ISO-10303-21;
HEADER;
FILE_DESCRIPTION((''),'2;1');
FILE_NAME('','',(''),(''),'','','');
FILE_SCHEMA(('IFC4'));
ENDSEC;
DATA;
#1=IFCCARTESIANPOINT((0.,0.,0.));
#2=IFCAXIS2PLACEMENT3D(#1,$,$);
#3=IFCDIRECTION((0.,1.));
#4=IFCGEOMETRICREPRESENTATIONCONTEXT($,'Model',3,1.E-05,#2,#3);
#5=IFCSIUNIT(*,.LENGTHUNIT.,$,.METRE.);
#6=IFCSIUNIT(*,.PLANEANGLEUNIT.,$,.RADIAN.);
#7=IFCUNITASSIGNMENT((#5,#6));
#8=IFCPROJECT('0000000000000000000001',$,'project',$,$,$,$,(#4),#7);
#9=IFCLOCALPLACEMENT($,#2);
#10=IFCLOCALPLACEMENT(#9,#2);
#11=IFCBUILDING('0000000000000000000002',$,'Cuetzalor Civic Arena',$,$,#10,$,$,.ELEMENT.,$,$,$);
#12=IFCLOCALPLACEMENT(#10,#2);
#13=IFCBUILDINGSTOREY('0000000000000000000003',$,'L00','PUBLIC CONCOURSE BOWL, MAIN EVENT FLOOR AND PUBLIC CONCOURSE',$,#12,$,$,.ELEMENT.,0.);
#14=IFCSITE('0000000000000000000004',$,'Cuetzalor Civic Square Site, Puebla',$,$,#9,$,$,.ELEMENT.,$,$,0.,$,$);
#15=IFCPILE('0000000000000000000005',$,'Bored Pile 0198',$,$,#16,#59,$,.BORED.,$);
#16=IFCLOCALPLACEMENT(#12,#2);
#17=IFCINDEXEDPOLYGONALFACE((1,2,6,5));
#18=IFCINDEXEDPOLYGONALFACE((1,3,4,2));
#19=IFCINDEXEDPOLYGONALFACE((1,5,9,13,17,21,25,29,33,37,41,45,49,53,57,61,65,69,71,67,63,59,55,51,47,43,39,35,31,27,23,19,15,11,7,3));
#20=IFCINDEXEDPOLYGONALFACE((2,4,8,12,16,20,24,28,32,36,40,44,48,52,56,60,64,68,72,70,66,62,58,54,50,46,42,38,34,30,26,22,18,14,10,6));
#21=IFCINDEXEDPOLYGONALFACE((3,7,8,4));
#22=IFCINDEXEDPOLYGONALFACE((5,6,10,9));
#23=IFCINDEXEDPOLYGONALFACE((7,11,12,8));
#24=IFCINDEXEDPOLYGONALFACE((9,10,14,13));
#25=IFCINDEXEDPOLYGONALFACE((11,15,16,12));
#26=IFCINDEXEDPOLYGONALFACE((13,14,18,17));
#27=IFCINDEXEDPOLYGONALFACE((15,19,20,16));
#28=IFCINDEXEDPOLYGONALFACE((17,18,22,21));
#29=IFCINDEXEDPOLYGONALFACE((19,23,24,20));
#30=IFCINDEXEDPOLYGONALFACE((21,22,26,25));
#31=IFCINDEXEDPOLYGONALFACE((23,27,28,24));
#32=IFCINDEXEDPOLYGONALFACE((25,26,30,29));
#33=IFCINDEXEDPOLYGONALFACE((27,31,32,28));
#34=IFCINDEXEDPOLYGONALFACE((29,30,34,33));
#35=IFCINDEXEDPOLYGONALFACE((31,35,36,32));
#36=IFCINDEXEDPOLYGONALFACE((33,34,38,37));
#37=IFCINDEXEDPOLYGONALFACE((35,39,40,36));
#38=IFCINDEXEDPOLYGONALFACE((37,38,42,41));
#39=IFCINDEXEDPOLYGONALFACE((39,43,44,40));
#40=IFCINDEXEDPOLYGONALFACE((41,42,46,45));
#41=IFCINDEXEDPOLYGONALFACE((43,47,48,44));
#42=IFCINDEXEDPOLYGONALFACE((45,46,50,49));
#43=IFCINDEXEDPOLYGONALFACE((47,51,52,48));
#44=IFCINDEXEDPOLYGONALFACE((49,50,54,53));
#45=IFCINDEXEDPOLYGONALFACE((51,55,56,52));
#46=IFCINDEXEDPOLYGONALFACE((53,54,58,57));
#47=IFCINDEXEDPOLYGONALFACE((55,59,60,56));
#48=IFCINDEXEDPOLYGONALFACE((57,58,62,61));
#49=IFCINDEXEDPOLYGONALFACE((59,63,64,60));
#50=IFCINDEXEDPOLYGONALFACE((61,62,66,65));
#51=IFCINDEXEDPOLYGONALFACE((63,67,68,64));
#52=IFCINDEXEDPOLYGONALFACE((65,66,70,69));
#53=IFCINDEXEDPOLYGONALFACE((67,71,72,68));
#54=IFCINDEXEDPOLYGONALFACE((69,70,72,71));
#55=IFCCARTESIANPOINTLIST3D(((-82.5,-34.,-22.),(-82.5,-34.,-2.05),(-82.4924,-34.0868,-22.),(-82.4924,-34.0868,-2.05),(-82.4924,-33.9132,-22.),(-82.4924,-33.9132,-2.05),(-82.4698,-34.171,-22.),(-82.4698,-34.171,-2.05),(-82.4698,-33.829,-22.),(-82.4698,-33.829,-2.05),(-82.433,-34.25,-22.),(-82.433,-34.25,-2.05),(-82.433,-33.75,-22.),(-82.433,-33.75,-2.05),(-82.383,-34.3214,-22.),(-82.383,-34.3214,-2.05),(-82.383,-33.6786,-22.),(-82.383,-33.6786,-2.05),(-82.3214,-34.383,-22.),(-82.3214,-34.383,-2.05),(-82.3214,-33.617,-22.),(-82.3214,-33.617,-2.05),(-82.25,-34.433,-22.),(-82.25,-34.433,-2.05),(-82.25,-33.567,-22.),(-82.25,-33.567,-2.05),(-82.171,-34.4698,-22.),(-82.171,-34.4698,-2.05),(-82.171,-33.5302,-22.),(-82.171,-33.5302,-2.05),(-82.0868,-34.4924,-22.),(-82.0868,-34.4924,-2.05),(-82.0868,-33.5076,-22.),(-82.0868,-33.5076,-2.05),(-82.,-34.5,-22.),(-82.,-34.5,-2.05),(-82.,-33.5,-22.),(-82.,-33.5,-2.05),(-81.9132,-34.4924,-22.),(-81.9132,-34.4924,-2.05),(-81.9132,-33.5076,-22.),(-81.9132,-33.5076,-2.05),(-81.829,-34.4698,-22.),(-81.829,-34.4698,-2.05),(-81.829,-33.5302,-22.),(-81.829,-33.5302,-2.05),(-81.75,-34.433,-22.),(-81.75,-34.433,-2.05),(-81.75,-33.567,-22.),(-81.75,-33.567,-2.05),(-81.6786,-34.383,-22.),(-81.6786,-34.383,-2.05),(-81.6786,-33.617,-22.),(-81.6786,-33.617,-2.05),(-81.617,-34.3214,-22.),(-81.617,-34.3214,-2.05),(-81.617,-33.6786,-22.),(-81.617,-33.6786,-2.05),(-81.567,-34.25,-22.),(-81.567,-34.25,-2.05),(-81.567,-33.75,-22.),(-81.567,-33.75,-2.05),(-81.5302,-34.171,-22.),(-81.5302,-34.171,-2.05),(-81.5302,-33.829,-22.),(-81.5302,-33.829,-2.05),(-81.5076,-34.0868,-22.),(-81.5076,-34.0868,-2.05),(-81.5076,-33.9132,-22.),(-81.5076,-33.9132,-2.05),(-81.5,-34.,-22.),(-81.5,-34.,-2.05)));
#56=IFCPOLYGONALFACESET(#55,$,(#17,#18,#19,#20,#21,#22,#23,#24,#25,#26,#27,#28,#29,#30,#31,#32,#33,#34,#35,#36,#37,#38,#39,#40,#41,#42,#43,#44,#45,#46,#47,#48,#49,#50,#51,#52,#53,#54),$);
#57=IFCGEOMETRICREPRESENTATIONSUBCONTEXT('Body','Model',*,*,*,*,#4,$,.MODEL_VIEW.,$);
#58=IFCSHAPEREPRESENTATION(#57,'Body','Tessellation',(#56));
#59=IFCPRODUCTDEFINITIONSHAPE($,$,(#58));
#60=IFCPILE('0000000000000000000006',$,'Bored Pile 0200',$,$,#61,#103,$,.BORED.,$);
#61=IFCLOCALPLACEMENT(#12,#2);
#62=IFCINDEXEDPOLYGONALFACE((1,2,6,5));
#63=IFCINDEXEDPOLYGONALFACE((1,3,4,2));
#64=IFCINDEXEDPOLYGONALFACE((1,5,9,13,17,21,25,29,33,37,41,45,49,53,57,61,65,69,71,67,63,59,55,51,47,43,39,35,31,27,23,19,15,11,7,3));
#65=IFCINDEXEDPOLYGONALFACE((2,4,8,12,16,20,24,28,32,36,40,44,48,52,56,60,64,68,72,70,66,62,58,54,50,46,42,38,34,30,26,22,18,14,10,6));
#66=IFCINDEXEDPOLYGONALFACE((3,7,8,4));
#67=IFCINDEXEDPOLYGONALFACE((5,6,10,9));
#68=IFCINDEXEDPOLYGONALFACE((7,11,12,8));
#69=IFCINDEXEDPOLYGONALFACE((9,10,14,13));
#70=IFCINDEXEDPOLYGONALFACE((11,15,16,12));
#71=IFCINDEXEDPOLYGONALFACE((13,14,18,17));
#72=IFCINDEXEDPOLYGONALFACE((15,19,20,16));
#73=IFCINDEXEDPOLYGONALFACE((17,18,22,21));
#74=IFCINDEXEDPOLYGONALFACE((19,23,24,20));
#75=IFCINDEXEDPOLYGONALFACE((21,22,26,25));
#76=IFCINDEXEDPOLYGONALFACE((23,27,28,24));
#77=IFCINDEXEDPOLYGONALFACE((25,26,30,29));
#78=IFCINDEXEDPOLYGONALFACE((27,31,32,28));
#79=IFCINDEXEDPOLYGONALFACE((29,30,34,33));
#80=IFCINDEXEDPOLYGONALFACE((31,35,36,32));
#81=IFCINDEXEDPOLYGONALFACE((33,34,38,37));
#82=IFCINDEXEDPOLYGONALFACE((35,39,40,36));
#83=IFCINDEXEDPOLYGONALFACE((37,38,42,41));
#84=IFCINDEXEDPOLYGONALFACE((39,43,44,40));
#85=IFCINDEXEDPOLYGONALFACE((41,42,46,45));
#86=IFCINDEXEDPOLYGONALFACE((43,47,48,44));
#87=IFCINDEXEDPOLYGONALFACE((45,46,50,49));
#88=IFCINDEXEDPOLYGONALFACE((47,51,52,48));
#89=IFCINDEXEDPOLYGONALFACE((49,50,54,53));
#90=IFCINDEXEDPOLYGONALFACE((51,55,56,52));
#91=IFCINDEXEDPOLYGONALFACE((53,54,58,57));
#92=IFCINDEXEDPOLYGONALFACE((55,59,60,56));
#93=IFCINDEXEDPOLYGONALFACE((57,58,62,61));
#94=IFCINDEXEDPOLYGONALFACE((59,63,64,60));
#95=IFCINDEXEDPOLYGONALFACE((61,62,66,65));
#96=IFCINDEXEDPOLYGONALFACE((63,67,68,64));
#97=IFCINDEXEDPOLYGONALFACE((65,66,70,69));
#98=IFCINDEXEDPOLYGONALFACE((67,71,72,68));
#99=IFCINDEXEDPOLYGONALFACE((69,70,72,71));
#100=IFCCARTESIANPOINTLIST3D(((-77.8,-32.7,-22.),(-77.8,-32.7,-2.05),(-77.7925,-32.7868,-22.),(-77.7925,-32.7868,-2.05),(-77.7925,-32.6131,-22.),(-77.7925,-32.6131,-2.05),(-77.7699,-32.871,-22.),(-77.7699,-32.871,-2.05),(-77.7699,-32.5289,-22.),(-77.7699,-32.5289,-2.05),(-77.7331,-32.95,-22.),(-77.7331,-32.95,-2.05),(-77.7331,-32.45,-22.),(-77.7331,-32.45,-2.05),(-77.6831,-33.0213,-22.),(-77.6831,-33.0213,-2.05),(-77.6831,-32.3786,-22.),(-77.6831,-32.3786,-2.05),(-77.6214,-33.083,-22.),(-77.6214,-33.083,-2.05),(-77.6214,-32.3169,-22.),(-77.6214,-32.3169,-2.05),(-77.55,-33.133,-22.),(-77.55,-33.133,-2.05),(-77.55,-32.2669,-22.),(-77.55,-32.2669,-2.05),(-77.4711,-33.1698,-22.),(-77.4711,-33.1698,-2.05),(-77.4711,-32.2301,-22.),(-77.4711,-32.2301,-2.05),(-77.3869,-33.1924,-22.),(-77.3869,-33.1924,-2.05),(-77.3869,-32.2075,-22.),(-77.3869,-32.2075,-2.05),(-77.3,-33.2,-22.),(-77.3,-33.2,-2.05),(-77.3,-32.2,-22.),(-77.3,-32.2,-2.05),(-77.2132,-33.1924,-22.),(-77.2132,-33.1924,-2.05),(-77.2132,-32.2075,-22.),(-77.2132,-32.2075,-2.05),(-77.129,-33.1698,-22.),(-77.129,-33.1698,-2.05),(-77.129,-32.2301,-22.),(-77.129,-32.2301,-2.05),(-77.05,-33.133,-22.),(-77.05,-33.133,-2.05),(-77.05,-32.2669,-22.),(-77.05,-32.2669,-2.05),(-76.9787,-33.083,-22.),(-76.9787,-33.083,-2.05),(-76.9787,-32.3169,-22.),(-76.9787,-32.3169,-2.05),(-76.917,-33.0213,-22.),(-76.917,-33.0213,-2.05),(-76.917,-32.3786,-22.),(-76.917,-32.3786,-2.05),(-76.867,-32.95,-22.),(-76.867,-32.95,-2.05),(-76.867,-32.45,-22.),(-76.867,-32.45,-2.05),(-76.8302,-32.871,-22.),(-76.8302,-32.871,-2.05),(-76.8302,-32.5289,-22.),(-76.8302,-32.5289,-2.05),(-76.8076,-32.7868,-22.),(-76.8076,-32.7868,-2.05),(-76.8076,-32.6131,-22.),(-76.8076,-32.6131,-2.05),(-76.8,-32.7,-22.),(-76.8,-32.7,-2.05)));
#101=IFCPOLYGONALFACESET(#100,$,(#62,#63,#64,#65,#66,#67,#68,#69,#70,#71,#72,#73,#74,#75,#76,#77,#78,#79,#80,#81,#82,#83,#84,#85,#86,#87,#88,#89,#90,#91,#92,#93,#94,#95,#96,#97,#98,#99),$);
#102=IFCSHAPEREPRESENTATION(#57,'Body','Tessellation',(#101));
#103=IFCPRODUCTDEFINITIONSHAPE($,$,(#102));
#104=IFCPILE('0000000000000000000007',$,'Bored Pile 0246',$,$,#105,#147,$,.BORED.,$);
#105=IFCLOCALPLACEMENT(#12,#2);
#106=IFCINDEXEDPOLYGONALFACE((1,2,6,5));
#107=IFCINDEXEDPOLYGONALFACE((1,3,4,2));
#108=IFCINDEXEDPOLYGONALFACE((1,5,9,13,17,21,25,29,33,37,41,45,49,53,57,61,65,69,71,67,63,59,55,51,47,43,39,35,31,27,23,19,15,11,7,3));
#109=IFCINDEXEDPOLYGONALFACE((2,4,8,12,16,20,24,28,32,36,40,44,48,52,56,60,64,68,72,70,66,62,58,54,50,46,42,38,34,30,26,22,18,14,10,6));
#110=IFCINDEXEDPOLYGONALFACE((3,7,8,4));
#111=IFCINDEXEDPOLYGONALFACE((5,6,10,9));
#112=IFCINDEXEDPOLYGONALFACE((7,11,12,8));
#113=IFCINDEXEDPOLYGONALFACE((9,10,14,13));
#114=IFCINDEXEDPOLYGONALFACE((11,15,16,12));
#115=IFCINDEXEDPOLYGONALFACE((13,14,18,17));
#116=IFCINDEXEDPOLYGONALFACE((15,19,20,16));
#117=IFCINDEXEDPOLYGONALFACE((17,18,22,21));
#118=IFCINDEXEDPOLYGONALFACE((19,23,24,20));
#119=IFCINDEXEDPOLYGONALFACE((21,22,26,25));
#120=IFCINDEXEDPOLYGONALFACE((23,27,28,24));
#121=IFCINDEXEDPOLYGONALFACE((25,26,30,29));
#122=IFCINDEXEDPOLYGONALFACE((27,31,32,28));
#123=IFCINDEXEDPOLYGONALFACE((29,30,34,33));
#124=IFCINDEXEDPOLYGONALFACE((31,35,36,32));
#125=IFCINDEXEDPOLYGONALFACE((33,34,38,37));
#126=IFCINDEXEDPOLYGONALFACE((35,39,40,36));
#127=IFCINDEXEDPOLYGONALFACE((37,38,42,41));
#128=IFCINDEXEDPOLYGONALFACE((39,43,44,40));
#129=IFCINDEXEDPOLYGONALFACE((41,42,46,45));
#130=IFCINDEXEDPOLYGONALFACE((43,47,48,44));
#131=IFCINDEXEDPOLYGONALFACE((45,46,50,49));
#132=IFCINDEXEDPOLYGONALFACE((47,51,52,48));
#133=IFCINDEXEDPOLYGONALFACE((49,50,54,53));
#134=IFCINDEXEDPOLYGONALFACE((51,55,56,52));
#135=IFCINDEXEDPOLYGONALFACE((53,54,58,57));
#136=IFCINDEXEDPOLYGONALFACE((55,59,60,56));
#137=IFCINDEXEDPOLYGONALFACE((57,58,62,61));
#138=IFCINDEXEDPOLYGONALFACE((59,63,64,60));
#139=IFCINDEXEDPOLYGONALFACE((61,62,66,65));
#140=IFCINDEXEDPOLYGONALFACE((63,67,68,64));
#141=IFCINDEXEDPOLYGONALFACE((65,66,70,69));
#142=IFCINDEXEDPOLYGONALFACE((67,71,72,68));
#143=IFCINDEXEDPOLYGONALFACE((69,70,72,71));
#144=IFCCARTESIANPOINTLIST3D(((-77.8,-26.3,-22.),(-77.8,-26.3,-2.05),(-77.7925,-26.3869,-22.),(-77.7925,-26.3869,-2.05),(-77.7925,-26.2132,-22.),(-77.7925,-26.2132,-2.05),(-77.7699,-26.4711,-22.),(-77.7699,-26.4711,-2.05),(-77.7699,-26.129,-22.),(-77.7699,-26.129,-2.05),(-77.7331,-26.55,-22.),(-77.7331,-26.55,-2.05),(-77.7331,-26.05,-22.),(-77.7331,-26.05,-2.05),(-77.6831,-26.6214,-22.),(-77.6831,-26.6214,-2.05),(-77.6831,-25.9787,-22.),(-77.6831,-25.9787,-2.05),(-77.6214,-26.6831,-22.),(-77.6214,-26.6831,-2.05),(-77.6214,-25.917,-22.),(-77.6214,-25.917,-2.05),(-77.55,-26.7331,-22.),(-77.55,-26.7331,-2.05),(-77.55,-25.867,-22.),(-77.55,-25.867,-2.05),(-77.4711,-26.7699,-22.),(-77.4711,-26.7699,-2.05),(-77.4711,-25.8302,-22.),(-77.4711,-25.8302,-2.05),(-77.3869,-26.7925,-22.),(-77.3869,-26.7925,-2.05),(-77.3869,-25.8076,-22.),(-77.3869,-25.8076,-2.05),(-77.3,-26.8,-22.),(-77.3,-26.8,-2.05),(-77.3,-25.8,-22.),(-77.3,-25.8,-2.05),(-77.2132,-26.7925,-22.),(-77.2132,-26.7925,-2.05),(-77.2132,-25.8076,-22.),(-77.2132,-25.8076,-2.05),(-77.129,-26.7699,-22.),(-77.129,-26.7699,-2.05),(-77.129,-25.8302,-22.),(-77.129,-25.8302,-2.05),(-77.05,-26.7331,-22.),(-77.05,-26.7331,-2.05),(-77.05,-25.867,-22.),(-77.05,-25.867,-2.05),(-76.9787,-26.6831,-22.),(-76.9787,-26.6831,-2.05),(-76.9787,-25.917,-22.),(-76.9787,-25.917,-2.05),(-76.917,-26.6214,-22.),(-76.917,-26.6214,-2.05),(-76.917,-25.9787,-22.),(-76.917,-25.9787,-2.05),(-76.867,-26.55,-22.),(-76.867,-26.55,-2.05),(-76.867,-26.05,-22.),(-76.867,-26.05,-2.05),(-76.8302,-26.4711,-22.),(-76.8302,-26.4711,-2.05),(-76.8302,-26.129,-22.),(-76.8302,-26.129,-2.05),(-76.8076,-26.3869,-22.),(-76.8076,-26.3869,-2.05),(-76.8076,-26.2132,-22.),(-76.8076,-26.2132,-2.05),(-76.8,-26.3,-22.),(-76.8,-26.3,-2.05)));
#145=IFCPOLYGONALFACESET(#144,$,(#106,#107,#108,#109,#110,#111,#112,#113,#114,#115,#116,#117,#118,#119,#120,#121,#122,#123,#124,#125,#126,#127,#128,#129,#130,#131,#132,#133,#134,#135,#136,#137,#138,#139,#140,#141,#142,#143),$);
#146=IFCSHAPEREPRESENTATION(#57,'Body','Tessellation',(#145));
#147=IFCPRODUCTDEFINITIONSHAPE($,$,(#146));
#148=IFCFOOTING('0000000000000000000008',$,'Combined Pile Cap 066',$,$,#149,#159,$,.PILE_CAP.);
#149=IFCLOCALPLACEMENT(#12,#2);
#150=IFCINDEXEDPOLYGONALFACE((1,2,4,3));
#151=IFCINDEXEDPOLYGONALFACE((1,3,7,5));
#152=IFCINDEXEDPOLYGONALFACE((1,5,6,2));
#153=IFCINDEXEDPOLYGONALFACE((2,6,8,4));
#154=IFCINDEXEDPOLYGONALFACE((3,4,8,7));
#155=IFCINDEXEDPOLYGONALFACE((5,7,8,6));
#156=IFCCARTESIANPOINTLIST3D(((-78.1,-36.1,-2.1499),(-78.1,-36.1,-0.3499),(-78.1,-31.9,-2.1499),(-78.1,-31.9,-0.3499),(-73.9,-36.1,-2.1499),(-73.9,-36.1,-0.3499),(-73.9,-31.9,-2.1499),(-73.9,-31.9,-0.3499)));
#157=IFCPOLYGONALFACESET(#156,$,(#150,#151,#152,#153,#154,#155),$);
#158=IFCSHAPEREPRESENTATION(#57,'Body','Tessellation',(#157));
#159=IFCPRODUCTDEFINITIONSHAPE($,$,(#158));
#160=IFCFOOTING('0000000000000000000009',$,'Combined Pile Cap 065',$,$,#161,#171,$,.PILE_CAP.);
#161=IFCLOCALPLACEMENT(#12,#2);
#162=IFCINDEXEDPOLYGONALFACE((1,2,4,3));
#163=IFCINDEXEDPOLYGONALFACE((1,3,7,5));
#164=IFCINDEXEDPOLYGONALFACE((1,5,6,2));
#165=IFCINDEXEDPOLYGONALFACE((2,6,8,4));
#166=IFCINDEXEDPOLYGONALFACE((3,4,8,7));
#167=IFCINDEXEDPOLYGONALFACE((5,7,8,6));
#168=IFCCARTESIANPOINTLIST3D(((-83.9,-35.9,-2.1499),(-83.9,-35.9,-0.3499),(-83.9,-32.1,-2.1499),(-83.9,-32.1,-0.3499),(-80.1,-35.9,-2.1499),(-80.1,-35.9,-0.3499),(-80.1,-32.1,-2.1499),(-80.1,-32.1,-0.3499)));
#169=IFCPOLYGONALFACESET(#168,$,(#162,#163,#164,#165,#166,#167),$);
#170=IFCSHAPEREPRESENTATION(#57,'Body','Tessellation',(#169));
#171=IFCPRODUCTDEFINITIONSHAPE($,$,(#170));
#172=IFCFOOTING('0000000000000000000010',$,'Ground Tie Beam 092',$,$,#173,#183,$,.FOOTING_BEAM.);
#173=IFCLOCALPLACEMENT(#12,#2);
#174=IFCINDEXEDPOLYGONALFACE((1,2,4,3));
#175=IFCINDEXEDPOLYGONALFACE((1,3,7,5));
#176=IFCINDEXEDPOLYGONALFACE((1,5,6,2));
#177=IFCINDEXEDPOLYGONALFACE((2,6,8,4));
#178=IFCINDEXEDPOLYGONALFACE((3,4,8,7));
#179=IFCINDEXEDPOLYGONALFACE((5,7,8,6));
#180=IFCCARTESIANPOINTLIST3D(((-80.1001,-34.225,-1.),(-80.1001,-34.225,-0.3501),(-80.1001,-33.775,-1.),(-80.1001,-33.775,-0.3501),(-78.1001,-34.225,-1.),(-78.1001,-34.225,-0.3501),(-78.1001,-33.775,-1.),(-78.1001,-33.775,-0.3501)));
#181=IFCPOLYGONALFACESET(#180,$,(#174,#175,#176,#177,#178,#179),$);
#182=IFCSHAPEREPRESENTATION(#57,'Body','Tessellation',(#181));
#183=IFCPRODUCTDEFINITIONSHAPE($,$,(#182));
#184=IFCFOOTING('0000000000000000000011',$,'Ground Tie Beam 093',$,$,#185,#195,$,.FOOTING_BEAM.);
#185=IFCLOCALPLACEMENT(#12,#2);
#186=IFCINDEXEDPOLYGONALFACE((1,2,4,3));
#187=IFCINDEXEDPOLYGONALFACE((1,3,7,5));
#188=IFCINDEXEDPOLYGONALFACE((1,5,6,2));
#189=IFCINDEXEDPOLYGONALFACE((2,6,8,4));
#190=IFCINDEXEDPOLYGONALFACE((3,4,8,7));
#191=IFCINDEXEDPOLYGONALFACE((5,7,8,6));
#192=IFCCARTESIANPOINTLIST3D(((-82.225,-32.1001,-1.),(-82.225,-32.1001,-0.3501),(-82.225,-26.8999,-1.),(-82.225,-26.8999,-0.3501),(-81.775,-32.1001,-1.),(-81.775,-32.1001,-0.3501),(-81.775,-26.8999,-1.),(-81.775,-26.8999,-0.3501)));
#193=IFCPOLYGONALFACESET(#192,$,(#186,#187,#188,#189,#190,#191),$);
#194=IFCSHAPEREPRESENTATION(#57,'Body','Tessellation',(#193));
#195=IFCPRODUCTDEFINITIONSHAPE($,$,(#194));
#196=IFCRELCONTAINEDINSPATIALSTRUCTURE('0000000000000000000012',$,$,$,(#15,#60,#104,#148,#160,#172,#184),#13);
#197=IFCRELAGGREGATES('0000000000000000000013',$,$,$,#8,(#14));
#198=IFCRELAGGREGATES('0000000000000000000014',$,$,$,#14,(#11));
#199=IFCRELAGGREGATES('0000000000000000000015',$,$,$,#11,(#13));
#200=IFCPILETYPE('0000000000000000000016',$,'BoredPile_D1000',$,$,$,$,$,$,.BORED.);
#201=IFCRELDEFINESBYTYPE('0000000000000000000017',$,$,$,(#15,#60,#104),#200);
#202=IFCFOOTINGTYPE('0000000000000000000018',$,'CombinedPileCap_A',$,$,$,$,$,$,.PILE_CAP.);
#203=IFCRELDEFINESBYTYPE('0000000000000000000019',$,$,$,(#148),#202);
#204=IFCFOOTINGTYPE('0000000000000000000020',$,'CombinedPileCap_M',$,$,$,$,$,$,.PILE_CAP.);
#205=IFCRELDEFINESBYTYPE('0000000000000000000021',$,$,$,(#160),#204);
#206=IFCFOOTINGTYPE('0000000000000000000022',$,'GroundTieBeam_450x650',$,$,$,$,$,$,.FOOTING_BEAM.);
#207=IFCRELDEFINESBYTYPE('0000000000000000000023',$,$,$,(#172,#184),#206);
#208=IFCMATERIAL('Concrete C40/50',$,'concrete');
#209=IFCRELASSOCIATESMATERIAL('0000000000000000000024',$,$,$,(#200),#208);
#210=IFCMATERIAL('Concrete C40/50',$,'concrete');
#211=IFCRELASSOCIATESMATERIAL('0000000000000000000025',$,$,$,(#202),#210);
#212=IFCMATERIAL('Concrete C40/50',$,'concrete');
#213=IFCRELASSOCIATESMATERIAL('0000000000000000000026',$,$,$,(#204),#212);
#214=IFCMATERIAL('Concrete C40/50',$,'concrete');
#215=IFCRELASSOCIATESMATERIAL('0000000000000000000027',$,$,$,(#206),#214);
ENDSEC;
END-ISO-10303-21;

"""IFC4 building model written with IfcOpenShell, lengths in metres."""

from ifc_helpers import new_model, si_unit, direction, frame, origin, origin_2d, place, context, subcontext, project, spatial, rectangle, circle, extrude, material, material_profile, profile_set, type_object, element, save


model = new_model("IFC4")

# Units and contexts
model_context = context("Model", 3, precision=1e-05, world=origin(), true_north=direction((0.0, 1.0)))
body_context = subcontext(model_context, "Body", "Model", "MODEL_VIEW")
ifc_project = project(units=[si_unit("LENGTHUNIT", "METRE"), si_unit("PLANEANGLEUNIT", "RADIAN")], contexts=[model_context])

# Site, building, storey
site_placement = place(None, origin())
site = spatial("IfcSite", under=ifc_project, at=site_placement, Name="Cuetzalor Civic Square Site, Puebla", CompositionType="ELEMENT", RefElevation=0.0)
building_placement = place(site_placement, origin())
building = spatial("IfcBuilding", under=site, at=building_placement, Name="Cuetzalor Civic Arena", CompositionType="ELEMENT")
storey_placement = place(building_placement, origin())
storey = spatial("IfcBuildingStorey", under=building, at=storey_placement, Name="L00", Description="PUBLIC CONCOURSE BOWL, MAIN EVENT FLOOR AND PUBLIC CONCOURSE", CompositionType="ELEMENT", Elevation=0.0)

# Piles
ifc_material_1 = material(Name="Concrete C40/50", Category="concrete")
ifc_material_profile_1 = material_profile(ifc_material_1, circle(Radius=0.5, at=origin_2d()), Name="BORED PILE D1000")
ifc_profile_set_1 = profile_set([ifc_material_profile_1], Name="Concrete C40/50")
pile_type = type_object("IfcPileType", Name="BoredPile_D1000", PredefinedType="BORED", material=ifc_profile_set_1)
for number, where, z_axis, x_axis, name in (
    (1, (-82.0, -34.0, -2.05), (0.0, 0.0, -1.0), (1.0, 0.0, 0.0), "Bored Pile 0198"),
    (2, (-77.3, -32.7, -2.05), (0.0, 0.0, -1.0), (1.0, 0.0, 0.0), "Bored Pile 0200"),
    (3, (-77.3, -26.3, -2.05), (0.0, 0.0, -1.0), (1.0, 0.0, 0.0), "Bored Pile 0246"),
):
    element("IfcPile", number, at=place(storey_placement, frame(where, z_axis=z_axis, x_axis=x_axis)), inside=storey, type_object=pile_type, Name=name, PredefinedType="BORED", context=body_context, shape_type="SweptSolid", body=[
        extrude(circle(Radius=0.5, at=origin_2d()), origin(), (0.0, 0.0, 1.0), 19.95),
    ])

# Footings
ifc_material_2 = material(Name="Concrete C40/50", Category="concrete")
footing_type_1 = type_object("IfcFootingType", Name="CombinedPileCap_A", PredefinedType="PILE_CAP", material=ifc_material_2)
footing_1_placement = place(storey_placement, frame((-76.0, -34.0, -2.1499), z_axis=(0.0, 0.0, 1.0), x_axis=(1.0, 0.0, 0.0)))
element("IfcFooting", 4, at=footing_1_placement, inside=storey, type_object=footing_type_1, Name="Combined Pile Cap 066", PredefinedType="PILE_CAP", context=body_context, shape_type="SweptSolid", body=[
    extrude(rectangle(XDim=4.2, YDim=4.2, at=origin_2d()), origin(), (0.0, 0.0, 1.0), 1.8),
])
ifc_material_3 = material(Name="Concrete C40/50", Category="concrete")
footing_type_2 = type_object("IfcFootingType", Name="CombinedPileCap_M", PredefinedType="PILE_CAP", material=ifc_material_3)
footing_2_placement = place(storey_placement, frame((-82.0, -34.0, -2.1499), z_axis=(0.0, 0.0, 1.0), x_axis=(1.0, 0.0, 0.0)))
element("IfcFooting", 5, at=footing_2_placement, inside=storey, type_object=footing_type_2, Name="Combined Pile Cap 065", PredefinedType="PILE_CAP", context=body_context, shape_type="SweptSolid", body=[
    extrude(rectangle(XDim=3.8, YDim=3.8, at=origin_2d()), origin(), (0.0, 0.0, 1.0), 1.8),
])
ifc_material_4 = material(Name="Concrete C40/50", Category="concrete")
ifc_material_profile_2 = material_profile(ifc_material_4, rectangle(XDim=0.45, YDim=0.6499, at=origin_2d()), Name="RC 450x650")
ifc_profile_set_2 = profile_set([ifc_material_profile_2], Name="Concrete C40/50")
footing_type_3 = type_object("IfcFootingType", Name="GroundTieBeam_450x650", PredefinedType="FOOTING_BEAM", material=ifc_profile_set_2)
footing_3_placement = place(storey_placement, frame((-80.1001, -34.0, -0.675), z_axis=(1.0, 0.0, 0.0), x_axis=(0.0, 1.0, 0.0)))
element("IfcFooting", 6, at=footing_3_placement, inside=storey, type_object=footing_type_3, Name="Ground Tie Beam 092", PredefinedType="FOOTING_BEAM", context=body_context, shape_type="SweptSolid", body=[
    extrude(rectangle(XDim=0.45, YDim=0.6499, at=origin_2d()), origin(), (0.0, 0.0, 1.0), 2.0),
])
footing_4_placement = place(storey_placement, frame((-82.0, -32.1001, -0.675), z_axis=(0.0, 1.0, 0.0), x_axis=(-1.0, 0.0, 0.0)))
element("IfcFooting", 7, at=footing_4_placement, inside=storey, type_object=footing_type_3, Name="Ground Tie Beam 093", PredefinedType="FOOTING_BEAM", context=body_context, shape_type="SweptSolid", body=[
    extrude(rectangle(XDim=0.45, YDim=0.6499, at=origin_2d()), origin(), (0.0, 0.0, 1.0), 5.2002),
])

save(model, "model.ifc")
